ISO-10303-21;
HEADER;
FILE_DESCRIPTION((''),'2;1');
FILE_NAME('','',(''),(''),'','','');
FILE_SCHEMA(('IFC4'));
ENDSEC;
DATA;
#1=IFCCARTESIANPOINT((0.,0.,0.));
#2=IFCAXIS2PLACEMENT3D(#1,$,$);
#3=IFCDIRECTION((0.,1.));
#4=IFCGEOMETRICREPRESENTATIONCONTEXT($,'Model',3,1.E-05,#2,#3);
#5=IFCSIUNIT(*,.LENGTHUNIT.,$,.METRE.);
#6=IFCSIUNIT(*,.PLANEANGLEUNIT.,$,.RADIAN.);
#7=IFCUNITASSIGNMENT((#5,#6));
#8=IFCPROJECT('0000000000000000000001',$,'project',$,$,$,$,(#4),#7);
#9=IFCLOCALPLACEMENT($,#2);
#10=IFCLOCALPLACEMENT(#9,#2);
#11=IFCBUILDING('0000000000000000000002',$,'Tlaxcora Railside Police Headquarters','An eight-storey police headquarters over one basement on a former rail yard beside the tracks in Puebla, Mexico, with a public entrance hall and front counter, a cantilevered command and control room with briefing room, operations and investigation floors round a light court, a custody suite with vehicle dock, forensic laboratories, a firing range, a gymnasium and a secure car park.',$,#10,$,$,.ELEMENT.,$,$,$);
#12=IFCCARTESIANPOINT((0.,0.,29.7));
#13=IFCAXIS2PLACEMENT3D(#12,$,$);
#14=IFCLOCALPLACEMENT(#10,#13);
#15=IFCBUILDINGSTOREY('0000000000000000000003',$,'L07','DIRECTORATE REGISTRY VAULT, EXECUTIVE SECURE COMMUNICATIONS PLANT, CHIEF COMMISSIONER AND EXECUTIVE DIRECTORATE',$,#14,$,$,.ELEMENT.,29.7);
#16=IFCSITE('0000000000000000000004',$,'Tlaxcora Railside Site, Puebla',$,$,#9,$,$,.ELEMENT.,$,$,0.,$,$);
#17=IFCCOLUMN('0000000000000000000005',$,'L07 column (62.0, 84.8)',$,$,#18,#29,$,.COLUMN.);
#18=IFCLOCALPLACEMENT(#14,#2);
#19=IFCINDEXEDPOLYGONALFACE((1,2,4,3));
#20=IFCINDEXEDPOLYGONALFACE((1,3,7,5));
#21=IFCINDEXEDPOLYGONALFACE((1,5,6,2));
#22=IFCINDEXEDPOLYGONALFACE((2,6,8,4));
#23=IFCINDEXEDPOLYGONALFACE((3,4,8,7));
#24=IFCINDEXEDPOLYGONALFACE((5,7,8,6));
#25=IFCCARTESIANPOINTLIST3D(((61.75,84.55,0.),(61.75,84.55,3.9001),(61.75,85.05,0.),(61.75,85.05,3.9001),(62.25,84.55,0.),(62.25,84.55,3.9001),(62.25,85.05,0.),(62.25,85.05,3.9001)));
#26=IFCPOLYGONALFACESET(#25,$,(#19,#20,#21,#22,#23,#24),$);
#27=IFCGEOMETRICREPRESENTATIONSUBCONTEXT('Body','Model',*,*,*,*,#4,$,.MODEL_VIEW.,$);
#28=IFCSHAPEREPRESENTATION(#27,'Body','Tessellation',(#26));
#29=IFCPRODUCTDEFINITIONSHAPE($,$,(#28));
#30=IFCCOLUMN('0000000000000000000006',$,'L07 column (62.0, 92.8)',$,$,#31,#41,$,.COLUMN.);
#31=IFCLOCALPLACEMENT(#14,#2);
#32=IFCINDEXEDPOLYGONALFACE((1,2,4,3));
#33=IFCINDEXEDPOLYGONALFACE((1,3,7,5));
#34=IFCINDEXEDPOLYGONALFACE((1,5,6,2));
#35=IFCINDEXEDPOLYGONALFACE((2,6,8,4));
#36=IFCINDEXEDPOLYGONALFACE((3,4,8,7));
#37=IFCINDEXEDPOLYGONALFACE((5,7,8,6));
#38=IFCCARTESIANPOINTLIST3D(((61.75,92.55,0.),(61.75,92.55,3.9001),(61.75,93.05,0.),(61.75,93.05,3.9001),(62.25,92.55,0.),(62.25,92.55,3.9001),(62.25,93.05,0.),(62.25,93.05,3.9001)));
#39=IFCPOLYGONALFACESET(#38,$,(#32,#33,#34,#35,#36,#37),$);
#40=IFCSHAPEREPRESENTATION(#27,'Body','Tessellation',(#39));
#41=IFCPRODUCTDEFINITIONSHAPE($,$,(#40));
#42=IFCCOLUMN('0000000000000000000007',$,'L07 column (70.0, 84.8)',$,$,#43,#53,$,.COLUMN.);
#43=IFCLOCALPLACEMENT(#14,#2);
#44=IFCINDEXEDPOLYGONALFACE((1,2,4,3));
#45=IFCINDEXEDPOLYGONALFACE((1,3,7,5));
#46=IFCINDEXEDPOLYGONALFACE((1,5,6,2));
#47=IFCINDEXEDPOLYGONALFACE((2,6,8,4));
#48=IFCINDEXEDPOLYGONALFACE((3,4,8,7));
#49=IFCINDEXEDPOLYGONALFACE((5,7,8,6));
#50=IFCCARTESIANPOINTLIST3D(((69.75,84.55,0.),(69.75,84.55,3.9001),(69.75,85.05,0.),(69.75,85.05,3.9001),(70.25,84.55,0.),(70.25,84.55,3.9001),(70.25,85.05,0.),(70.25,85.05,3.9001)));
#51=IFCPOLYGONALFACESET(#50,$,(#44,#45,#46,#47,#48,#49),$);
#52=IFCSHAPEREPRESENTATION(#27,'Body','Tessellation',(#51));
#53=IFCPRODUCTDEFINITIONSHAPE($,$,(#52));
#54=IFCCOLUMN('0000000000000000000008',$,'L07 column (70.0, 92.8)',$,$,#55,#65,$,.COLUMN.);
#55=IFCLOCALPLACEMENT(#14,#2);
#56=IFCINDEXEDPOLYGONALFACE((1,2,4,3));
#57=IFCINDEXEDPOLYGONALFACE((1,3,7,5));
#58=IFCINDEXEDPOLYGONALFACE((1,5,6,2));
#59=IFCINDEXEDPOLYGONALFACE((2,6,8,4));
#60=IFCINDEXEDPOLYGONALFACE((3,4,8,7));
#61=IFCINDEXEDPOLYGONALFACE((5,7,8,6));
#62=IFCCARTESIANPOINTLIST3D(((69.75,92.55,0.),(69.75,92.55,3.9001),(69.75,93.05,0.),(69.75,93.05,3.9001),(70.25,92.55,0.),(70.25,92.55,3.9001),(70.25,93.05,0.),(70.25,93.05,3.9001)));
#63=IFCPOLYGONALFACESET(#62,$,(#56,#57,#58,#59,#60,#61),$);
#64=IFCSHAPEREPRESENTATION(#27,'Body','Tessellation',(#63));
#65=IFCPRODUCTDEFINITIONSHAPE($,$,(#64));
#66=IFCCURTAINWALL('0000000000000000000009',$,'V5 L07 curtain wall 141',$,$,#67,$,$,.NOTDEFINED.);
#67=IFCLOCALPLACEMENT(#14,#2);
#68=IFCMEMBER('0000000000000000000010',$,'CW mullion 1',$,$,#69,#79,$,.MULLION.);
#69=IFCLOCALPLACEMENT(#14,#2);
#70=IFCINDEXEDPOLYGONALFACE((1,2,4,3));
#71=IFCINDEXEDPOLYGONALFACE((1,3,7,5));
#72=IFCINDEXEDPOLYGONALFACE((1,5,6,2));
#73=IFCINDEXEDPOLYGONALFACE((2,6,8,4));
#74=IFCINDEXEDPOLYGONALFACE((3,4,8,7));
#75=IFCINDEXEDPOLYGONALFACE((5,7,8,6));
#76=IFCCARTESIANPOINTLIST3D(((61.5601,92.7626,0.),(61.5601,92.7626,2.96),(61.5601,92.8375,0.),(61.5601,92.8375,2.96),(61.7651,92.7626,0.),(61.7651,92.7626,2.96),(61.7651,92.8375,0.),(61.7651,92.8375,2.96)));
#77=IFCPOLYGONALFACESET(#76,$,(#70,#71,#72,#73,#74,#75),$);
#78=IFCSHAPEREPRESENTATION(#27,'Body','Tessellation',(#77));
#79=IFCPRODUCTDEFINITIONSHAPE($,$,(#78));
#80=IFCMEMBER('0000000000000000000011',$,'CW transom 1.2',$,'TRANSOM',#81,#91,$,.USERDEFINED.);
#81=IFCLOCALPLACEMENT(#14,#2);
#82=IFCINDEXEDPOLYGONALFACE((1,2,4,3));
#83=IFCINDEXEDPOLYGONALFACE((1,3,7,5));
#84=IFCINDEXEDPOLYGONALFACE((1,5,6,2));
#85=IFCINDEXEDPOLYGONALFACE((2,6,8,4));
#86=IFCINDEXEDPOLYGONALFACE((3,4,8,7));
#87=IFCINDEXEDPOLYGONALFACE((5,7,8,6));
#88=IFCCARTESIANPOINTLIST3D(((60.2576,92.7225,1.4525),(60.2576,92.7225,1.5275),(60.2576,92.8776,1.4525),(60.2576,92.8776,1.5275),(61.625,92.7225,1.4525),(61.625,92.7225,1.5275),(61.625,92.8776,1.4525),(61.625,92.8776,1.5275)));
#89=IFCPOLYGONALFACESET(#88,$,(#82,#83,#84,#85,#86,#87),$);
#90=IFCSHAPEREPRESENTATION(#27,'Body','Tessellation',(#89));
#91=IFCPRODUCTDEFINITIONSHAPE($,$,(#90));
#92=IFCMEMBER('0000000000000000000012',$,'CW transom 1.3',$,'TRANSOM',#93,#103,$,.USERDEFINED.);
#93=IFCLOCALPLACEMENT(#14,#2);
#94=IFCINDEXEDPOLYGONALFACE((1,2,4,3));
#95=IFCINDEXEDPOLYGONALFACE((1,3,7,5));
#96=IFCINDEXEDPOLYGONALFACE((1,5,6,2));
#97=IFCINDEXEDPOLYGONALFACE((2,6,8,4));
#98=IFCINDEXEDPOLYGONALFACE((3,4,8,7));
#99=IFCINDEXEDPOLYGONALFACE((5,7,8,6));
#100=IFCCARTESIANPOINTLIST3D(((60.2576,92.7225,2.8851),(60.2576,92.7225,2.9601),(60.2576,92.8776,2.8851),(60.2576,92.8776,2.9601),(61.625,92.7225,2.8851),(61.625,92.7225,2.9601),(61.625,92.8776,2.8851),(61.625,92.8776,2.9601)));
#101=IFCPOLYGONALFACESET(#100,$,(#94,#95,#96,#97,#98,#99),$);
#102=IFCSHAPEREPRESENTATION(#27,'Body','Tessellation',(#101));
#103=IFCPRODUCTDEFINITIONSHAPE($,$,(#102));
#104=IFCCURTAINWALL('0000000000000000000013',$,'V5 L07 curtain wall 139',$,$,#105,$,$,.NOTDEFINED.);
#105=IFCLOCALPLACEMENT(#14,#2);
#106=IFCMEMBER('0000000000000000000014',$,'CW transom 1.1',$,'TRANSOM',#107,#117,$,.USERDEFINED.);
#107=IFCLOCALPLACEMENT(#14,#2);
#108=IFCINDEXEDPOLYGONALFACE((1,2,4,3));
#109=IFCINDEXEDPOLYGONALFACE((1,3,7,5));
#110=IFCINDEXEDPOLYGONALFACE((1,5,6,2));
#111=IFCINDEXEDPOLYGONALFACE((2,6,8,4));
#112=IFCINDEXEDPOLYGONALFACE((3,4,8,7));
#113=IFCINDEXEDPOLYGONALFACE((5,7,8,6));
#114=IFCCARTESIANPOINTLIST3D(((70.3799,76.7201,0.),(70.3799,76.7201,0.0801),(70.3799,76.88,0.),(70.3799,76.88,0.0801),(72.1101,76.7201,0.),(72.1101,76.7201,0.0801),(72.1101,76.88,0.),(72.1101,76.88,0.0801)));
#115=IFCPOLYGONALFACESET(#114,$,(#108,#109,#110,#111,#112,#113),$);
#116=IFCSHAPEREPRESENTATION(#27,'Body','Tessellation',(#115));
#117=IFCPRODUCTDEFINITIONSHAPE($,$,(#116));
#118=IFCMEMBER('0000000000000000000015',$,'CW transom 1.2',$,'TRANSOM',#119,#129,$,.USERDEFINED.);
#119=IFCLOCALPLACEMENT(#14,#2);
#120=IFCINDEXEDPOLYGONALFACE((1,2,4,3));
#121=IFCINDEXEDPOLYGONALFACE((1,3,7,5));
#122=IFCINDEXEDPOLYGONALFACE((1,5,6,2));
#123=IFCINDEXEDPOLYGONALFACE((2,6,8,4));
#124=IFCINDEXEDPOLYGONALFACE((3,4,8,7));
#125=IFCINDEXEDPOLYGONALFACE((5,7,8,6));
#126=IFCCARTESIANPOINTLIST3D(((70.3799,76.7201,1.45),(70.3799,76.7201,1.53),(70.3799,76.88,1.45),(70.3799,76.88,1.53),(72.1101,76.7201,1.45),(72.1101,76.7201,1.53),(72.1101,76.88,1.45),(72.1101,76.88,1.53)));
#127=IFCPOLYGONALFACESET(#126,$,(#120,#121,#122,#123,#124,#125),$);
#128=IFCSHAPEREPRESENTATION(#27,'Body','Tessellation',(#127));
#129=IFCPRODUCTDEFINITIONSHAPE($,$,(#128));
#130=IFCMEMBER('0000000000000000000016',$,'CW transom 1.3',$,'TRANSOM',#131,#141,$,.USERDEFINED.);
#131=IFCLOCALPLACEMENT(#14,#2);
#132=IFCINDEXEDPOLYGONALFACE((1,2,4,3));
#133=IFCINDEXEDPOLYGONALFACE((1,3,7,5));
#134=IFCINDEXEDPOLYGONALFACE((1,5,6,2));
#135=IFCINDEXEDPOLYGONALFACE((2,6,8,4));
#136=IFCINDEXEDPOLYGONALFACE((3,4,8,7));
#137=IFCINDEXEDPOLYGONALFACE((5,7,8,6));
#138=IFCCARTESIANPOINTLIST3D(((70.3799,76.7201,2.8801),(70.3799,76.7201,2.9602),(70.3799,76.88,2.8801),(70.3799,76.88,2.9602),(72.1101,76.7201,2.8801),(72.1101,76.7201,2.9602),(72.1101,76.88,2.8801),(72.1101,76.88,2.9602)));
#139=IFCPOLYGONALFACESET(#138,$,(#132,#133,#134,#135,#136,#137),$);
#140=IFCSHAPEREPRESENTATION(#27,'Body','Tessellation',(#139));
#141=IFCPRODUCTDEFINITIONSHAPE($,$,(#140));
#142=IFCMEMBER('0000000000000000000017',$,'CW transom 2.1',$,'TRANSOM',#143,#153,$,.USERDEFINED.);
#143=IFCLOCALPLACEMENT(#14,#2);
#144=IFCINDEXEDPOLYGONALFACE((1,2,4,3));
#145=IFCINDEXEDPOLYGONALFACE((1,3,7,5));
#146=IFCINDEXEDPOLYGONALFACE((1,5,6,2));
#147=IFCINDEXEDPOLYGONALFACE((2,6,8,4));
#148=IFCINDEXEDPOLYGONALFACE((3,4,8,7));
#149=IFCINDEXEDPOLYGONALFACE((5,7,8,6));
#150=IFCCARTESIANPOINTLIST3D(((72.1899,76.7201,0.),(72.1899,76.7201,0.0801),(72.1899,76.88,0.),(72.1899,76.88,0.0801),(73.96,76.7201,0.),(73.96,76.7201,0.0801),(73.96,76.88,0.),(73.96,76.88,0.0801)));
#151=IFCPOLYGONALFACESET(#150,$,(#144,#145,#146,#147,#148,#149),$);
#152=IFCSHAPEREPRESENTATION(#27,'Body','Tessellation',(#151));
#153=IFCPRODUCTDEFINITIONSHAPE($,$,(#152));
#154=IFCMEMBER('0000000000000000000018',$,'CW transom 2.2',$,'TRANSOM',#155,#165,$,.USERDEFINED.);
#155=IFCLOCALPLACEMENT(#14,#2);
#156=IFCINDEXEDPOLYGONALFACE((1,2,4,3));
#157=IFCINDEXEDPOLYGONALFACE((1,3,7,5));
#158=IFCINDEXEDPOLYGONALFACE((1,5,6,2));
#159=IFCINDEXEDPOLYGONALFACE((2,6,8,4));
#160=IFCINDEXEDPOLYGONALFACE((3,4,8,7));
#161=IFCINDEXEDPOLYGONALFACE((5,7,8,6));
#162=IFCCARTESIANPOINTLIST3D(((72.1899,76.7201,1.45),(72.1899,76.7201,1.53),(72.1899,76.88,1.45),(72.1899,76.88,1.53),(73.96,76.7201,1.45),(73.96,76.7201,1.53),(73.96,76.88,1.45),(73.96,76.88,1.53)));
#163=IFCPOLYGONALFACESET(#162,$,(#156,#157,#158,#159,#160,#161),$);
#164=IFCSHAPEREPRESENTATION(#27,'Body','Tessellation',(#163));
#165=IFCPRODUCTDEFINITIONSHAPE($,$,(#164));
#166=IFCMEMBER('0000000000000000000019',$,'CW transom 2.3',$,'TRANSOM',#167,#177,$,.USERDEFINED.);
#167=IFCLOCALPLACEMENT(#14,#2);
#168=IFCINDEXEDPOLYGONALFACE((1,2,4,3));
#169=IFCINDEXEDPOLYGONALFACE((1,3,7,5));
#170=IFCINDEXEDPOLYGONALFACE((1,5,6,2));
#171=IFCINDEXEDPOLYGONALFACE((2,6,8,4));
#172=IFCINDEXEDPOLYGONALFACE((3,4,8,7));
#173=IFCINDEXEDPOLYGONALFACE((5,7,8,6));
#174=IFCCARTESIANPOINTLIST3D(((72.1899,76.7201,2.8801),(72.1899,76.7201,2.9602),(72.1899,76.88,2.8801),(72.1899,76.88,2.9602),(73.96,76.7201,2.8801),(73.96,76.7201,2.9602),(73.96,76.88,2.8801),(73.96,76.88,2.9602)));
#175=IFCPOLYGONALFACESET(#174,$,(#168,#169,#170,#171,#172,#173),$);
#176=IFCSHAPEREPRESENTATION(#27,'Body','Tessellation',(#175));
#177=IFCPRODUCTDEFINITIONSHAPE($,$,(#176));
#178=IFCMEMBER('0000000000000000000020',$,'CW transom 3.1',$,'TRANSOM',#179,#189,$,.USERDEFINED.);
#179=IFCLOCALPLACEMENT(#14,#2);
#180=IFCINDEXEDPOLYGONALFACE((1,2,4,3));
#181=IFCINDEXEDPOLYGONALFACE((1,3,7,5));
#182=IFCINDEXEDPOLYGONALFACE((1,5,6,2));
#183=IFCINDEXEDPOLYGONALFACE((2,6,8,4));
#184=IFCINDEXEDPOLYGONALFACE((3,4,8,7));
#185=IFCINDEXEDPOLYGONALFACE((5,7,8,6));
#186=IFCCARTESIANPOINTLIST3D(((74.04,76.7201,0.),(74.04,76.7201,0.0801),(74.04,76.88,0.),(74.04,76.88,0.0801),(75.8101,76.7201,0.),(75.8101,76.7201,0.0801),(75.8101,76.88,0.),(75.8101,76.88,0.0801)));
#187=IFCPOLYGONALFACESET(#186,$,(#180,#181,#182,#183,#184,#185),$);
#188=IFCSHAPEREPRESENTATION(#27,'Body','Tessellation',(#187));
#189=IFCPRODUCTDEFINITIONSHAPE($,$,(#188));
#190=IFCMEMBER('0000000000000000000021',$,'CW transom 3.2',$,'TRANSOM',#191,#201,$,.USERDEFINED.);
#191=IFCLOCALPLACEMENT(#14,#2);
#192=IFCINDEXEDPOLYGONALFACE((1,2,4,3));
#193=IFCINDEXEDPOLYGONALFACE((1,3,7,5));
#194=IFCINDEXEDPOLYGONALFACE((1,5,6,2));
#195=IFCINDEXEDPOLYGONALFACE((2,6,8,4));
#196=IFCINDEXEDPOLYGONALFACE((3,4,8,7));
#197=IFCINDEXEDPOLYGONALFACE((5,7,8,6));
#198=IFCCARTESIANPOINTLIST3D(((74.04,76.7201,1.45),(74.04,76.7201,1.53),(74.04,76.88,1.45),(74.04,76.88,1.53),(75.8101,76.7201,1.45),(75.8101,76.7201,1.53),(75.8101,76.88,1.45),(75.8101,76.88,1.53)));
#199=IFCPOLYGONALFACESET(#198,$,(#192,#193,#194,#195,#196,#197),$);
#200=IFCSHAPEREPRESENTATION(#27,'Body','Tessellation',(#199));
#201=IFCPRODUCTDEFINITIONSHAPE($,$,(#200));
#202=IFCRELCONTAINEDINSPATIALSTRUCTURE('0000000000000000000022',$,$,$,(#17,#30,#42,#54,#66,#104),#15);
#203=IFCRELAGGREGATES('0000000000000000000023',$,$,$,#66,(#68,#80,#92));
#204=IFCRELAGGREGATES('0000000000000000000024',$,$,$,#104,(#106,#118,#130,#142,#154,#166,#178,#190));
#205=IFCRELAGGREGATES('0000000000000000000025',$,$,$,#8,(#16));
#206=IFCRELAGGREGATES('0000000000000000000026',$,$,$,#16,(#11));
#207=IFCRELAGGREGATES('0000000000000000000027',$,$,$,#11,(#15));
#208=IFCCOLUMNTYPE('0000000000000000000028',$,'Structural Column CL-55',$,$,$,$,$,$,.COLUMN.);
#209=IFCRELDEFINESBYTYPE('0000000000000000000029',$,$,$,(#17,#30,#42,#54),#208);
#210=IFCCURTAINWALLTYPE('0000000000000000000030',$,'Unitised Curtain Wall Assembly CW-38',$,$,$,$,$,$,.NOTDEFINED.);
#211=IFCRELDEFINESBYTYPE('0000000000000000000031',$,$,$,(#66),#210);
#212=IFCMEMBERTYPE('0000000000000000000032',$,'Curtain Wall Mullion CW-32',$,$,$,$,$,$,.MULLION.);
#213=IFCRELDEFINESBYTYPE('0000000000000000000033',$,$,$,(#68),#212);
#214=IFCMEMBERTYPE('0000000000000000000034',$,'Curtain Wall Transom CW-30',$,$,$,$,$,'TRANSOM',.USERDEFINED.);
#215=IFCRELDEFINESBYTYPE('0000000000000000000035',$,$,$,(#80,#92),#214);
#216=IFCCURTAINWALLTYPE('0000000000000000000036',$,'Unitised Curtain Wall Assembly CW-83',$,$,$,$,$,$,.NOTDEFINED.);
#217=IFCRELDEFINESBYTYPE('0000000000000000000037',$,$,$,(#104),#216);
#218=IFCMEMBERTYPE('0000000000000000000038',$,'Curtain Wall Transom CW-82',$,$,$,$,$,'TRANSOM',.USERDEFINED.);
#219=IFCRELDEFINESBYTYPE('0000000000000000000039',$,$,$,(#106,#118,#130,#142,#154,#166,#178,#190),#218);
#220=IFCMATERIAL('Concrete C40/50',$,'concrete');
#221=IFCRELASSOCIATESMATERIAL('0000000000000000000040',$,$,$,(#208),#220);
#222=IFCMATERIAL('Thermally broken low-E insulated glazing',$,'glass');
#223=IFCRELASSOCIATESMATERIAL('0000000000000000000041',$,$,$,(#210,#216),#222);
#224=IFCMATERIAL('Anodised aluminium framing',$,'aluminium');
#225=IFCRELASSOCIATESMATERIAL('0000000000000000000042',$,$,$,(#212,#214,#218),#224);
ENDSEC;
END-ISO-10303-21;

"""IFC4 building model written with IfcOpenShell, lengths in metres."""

from ifc_helpers import new_model, si_unit, direction, frame, origin, origin_2d, place, context, subcontext, project, spatial, rectangle, extrude, material, material_profile, profile_set, type_object, element, aggregate, save


model = new_model("IFC4")

# Units and contexts
model_context = context("Model", 3, precision=1e-05, world=origin(), true_north=direction((0.0, 1.0)))
body_context = subcontext(model_context, "Body", "Model", "MODEL_VIEW")
ifc_project = project(units=[si_unit("LENGTHUNIT", "METRE"), si_unit("PLANEANGLEUNIT", "RADIAN")], contexts=[model_context])

# Site, building, storey
site_placement = place(None, origin())
site = spatial("IfcSite", under=ifc_project, at=site_placement, Name="Tlaxcora Railside Site, Puebla", CompositionType="ELEMENT", RefElevation=0.0)
building_placement = place(site_placement, origin())
building = spatial("IfcBuilding", under=site, at=building_placement, Name="Tlaxcora Railside Police Headquarters", Description="An eight-storey police headquarters over one basement on a former rail yard beside the tracks in Puebla, Mexico, with a public entrance hall and front counter, a cantilevered command and control room with briefing room, operations and investigation floors round a light court, a custody suite with vehicle dock, forensic laboratories, a firing range, a gymnasium and a secure car park.", CompositionType="ELEMENT")
storey_placement = place(building_placement, frame((0.0, 0.0, 29.7)))
storey = spatial("IfcBuildingStorey", under=building, at=storey_placement, Name="L07", Description="DIRECTORATE REGISTRY VAULT, EXECUTIVE SECURE COMMUNICATIONS PLANT, CHIEF COMMISSIONER AND EXECUTIVE DIRECTORATE", CompositionType="ELEMENT", Elevation=29.7)

# Columns
ifc_material_1 = material(Name="Concrete C40/50", Category="concrete")
ifc_material_profile_1 = material_profile(ifc_material_1, rectangle(XDim=0.5, YDim=0.5, at=origin_2d()), Name="RC500X500")
ifc_profile_set_1 = profile_set([ifc_material_profile_1], Name="Concrete C40/50")
column_type = type_object("IfcColumnType", Name="Structural Column CL-55", PredefinedType="COLUMN", material=ifc_profile_set_1)
for number, where, z_axis, x_axis, name in (
    (1, (62.0, 84.8, 0.0), (0.0, 0.0, 1.0), (1.0, 0.0, 0.0), "L07 column (62.0, 84.8)"),
    (2, (62.0, 92.8, 0.0), (0.0, 0.0, 1.0), (1.0, 0.0, 0.0), "L07 column (62.0, 92.8)"),
    (3, (70.0, 84.8, 0.0), (0.0, 0.0, 1.0), (1.0, 0.0, 0.0), "L07 column (70.0, 84.8)"),
    (4, (70.0, 92.8, 0.0), (0.0, 0.0, 1.0), (1.0, 0.0, 0.0), "L07 column (70.0, 92.8)"),
):
    element("IfcColumn", number, at=place(storey_placement, frame(where, z_axis=z_axis, x_axis=x_axis)), inside=storey, type_object=column_type, Name=name, PredefinedType="COLUMN", context=body_context, shape_type="SweptSolid", body=[
        extrude(rectangle(XDim=0.5, YDim=0.5, at=origin_2d()), origin(), (0.0, 0.0, 1.0), 3.9001),
    ])

# Curtain walls, members
ifc_material_2 = material(Name="Thermally broken low-E insulated glazing", Category="glass")
curtain_wall_type_1 = type_object("IfcCurtainWallType", Name="Unitised Curtain Wall Assembly CW-38", PredefinedType="NOTDEFINED", material=ifc_material_2)
curtain_wall_1_placement = place(storey_placement, origin())
curtain_wall_1 = element("IfcCurtainWall", 5, at=curtain_wall_1_placement, inside=storey, type_object=curtain_wall_type_1, Name="V5 L07 curtain wall 141", PredefinedType="NOTDEFINED")
ifc_material_3 = material(Name="Anodised aluminium framing", Category="aluminium")
ifc_material_profile_2 = material_profile(ifc_material_3, rectangle(XDim=0.075, YDim=0.2051, at=origin_2d()), Name="AL75X205")
ifc_profile_set_2 = profile_set([ifc_material_profile_2], Name="Anodised aluminium framing")
member_type_1 = type_object("IfcMemberType", Name="Curtain Wall Mullion CW-32", PredefinedType="MULLION", material=ifc_profile_set_2)
member_1_placement = place(storey_placement, frame((61.6626, 92.8, 0.0), z_axis=(0.0, 0.0, 1.0), x_axis=(0.0, -1.0, 0.0)))
member_1 = element("IfcMember", 6, at=member_1_placement, type_object=member_type_1, Name="CW mullion 1", PredefinedType="MULLION", context=body_context, shape_type="SweptSolid", body=[
    extrude(rectangle(XDim=0.075, YDim=0.2051, at=origin_2d()), origin(), (0.0, 0.0, 1.0), 2.96),
])
ifc_material_profile_3 = material_profile(ifc_material_3, rectangle(XDim=0.155, YDim=0.075, at=origin_2d()), Name="AL75X155")
ifc_profile_set_3 = profile_set([ifc_material_profile_3], Name="Anodised aluminium framing")
member_type_2 = type_object("IfcMemberType", Name="Curtain Wall Transom CW-30", ElementType="TRANSOM", PredefinedType="USERDEFINED", material=ifc_profile_set_3)
member_2_placement = place(storey_placement, frame((61.625, 92.8, 1.49), z_axis=(-1.0, 0.0, 0.0), x_axis=(0.0, -1.0, 0.0)))
member_2 = element("IfcMember", 7, at=member_2_placement, type_object=member_type_2, Name="CW transom 1.2", ObjectType="TRANSOM", PredefinedType="USERDEFINED", context=body_context, shape_type="SweptSolid", body=[
    extrude(rectangle(XDim=0.155, YDim=0.075, at=origin_2d()), origin(), (0.0, 0.0, 1.0), 1.3674),
])
member_3_placement = place(storey_placement, frame((61.625, 92.8, 2.9226), z_axis=(-1.0, 0.0, 0.0), x_axis=(0.0, -1.0, 0.0)))
member_3 = element("IfcMember", 8, at=member_3_placement, type_object=member_type_2, Name="CW transom 1.3", ObjectType="TRANSOM", PredefinedType="USERDEFINED", context=body_context, shape_type="SweptSolid", body=[
    extrude(rectangle(XDim=0.155, YDim=0.075, at=origin_2d()), origin(), (0.0, 0.0, 1.0), 1.3674),
])
aggregate(curtain_wall_1, [member_1, member_2, member_3])
curtain_wall_type_2 = type_object("IfcCurtainWallType", Name="Unitised Curtain Wall Assembly CW-83", PredefinedType="NOTDEFINED", material=ifc_material_2)
curtain_wall_2_placement = place(storey_placement, origin())
curtain_wall_2 = element("IfcCurtainWall", 9, at=curtain_wall_2_placement, inside=storey, type_object=curtain_wall_type_2, Name="V5 L07 curtain wall 139", PredefinedType="NOTDEFINED")
ifc_material_profile_4 = material_profile(ifc_material_3, rectangle(XDim=0.1599, YDim=0.0801, at=origin_2d()), Name="AL80X160")
ifc_profile_set_4 = profile_set([ifc_material_profile_4], Name="Anodised aluminium framing")
member_type_3 = type_object("IfcMemberType", Name="Curtain Wall Transom CW-82", ElementType="TRANSOM", PredefinedType="USERDEFINED", material=ifc_profile_set_4)
member_4_placement = place(storey_placement, frame((70.3799, 76.8, 0.04), z_axis=(1.0, 0.0, 0.0), x_axis=(0.0, 1.0, 0.0)))
member_4 = element("IfcMember", 10, at=member_4_placement, type_object=member_type_3, Name="CW transom 1.1", ObjectType="TRANSOM", PredefinedType="USERDEFINED", context=body_context, shape_type="SweptSolid", body=[
    extrude(rectangle(XDim=0.1599, YDim=0.0801, at=origin_2d()), origin(), (0.0, 0.0, 1.0), 1.7302),
])
member_5_placement = place(storey_placement, frame((70.3799, 76.8, 1.49), z_axis=(1.0, 0.0, 0.0), x_axis=(0.0, 1.0, 0.0)))
member_5 = element("IfcMember", 11, at=member_5_placement, type_object=member_type_3, Name="CW transom 1.2", ObjectType="TRANSOM", PredefinedType="USERDEFINED", context=body_context, shape_type="SweptSolid", body=[
    extrude(rectangle(XDim=0.1599, YDim=0.0801, at=origin_2d()), origin(), (0.0, 0.0, 1.0), 1.7302),
])
member_6_placement = place(storey_placement, frame((70.3799, 76.8, 2.9202), z_axis=(1.0, 0.0, 0.0), x_axis=(0.0, 1.0, 0.0)))
member_6 = element("IfcMember", 12, at=member_6_placement, type_object=member_type_3, Name="CW transom 1.3", ObjectType="TRANSOM", PredefinedType="USERDEFINED", context=body_context, shape_type="SweptSolid", body=[
    extrude(rectangle(XDim=0.1599, YDim=0.0801, at=origin_2d()), origin(), (0.0, 0.0, 1.0), 1.7302),
])
member_7_placement = place(storey_placement, frame((72.1899, 76.8, 0.04), z_axis=(1.0, 0.0, 0.0), x_axis=(0.0, 1.0, 0.0)))
member_7 = element("IfcMember", 13, at=member_7_placement, type_object=member_type_3, Name="CW transom 2.1", ObjectType="TRANSOM", PredefinedType="USERDEFINED", context=body_context, shape_type="SweptSolid", body=[
    extrude(rectangle(XDim=0.1599, YDim=0.0801, at=origin_2d()), origin(), (0.0, 0.0, 1.0), 1.77),
])
member_8_placement = place(storey_placement, frame((72.1899, 76.8, 1.49), z_axis=(1.0, 0.0, 0.0), x_axis=(0.0, 1.0, 0.0)))
member_8 = element("IfcMember", 14, at=member_8_placement, type_object=member_type_3, Name="CW transom 2.2", ObjectType="TRANSOM", PredefinedType="USERDEFINED", context=body_context, shape_type="SweptSolid", body=[
    extrude(rectangle(XDim=0.1599, YDim=0.0801, at=origin_2d()), origin(), (0.0, 0.0, 1.0), 1.77),
])
member_9_placement = place(storey_placement, frame((72.1899, 76.8, 2.9202), z_axis=(1.0, 0.0, 0.0), x_axis=(0.0, 1.0, 0.0)))
member_9 = element("IfcMember", 15, at=member_9_placement, type_object=member_type_3, Name="CW transom 2.3", ObjectType="TRANSOM", PredefinedType="USERDEFINED", context=body_context, shape_type="SweptSolid", body=[
    extrude(rectangle(XDim=0.1599, YDim=0.0801, at=origin_2d()), origin(), (0.0, 0.0, 1.0), 1.77),
])
member_10_placement = place(storey_placement, frame((74.04, 76.8, 0.04), z_axis=(1.0, 0.0, 0.0), x_axis=(0.0, 1.0, 0.0)))
member_10 = element("IfcMember", 16, at=member_10_placement, type_object=member_type_3, Name="CW transom 3.1", ObjectType="TRANSOM", PredefinedType="USERDEFINED", context=body_context, shape_type="SweptSolid", body=[
    extrude(rectangle(XDim=0.1599, YDim=0.0801, at=origin_2d()), origin(), (0.0, 0.0, 1.0), 1.77),
])
member_11_placement = place(storey_placement, frame((74.04, 76.8, 1.49), z_axis=(1.0, 0.0, 0.0), x_axis=(0.0, 1.0, 0.0)))
member_11 = element("IfcMember", 17, at=member_11_placement, type_object=member_type_3, Name="CW transom 3.2", ObjectType="TRANSOM", PredefinedType="USERDEFINED", context=body_context, shape_type="SweptSolid", body=[
    extrude(rectangle(XDim=0.1599, YDim=0.0801, at=origin_2d()), origin(), (0.0, 0.0, 1.0), 1.77),
])

aggregate(curtain_wall_2, [member_4, member_5, member_6, member_7, member_8, member_9, member_10, member_11])

save(model, "model.ifc")
